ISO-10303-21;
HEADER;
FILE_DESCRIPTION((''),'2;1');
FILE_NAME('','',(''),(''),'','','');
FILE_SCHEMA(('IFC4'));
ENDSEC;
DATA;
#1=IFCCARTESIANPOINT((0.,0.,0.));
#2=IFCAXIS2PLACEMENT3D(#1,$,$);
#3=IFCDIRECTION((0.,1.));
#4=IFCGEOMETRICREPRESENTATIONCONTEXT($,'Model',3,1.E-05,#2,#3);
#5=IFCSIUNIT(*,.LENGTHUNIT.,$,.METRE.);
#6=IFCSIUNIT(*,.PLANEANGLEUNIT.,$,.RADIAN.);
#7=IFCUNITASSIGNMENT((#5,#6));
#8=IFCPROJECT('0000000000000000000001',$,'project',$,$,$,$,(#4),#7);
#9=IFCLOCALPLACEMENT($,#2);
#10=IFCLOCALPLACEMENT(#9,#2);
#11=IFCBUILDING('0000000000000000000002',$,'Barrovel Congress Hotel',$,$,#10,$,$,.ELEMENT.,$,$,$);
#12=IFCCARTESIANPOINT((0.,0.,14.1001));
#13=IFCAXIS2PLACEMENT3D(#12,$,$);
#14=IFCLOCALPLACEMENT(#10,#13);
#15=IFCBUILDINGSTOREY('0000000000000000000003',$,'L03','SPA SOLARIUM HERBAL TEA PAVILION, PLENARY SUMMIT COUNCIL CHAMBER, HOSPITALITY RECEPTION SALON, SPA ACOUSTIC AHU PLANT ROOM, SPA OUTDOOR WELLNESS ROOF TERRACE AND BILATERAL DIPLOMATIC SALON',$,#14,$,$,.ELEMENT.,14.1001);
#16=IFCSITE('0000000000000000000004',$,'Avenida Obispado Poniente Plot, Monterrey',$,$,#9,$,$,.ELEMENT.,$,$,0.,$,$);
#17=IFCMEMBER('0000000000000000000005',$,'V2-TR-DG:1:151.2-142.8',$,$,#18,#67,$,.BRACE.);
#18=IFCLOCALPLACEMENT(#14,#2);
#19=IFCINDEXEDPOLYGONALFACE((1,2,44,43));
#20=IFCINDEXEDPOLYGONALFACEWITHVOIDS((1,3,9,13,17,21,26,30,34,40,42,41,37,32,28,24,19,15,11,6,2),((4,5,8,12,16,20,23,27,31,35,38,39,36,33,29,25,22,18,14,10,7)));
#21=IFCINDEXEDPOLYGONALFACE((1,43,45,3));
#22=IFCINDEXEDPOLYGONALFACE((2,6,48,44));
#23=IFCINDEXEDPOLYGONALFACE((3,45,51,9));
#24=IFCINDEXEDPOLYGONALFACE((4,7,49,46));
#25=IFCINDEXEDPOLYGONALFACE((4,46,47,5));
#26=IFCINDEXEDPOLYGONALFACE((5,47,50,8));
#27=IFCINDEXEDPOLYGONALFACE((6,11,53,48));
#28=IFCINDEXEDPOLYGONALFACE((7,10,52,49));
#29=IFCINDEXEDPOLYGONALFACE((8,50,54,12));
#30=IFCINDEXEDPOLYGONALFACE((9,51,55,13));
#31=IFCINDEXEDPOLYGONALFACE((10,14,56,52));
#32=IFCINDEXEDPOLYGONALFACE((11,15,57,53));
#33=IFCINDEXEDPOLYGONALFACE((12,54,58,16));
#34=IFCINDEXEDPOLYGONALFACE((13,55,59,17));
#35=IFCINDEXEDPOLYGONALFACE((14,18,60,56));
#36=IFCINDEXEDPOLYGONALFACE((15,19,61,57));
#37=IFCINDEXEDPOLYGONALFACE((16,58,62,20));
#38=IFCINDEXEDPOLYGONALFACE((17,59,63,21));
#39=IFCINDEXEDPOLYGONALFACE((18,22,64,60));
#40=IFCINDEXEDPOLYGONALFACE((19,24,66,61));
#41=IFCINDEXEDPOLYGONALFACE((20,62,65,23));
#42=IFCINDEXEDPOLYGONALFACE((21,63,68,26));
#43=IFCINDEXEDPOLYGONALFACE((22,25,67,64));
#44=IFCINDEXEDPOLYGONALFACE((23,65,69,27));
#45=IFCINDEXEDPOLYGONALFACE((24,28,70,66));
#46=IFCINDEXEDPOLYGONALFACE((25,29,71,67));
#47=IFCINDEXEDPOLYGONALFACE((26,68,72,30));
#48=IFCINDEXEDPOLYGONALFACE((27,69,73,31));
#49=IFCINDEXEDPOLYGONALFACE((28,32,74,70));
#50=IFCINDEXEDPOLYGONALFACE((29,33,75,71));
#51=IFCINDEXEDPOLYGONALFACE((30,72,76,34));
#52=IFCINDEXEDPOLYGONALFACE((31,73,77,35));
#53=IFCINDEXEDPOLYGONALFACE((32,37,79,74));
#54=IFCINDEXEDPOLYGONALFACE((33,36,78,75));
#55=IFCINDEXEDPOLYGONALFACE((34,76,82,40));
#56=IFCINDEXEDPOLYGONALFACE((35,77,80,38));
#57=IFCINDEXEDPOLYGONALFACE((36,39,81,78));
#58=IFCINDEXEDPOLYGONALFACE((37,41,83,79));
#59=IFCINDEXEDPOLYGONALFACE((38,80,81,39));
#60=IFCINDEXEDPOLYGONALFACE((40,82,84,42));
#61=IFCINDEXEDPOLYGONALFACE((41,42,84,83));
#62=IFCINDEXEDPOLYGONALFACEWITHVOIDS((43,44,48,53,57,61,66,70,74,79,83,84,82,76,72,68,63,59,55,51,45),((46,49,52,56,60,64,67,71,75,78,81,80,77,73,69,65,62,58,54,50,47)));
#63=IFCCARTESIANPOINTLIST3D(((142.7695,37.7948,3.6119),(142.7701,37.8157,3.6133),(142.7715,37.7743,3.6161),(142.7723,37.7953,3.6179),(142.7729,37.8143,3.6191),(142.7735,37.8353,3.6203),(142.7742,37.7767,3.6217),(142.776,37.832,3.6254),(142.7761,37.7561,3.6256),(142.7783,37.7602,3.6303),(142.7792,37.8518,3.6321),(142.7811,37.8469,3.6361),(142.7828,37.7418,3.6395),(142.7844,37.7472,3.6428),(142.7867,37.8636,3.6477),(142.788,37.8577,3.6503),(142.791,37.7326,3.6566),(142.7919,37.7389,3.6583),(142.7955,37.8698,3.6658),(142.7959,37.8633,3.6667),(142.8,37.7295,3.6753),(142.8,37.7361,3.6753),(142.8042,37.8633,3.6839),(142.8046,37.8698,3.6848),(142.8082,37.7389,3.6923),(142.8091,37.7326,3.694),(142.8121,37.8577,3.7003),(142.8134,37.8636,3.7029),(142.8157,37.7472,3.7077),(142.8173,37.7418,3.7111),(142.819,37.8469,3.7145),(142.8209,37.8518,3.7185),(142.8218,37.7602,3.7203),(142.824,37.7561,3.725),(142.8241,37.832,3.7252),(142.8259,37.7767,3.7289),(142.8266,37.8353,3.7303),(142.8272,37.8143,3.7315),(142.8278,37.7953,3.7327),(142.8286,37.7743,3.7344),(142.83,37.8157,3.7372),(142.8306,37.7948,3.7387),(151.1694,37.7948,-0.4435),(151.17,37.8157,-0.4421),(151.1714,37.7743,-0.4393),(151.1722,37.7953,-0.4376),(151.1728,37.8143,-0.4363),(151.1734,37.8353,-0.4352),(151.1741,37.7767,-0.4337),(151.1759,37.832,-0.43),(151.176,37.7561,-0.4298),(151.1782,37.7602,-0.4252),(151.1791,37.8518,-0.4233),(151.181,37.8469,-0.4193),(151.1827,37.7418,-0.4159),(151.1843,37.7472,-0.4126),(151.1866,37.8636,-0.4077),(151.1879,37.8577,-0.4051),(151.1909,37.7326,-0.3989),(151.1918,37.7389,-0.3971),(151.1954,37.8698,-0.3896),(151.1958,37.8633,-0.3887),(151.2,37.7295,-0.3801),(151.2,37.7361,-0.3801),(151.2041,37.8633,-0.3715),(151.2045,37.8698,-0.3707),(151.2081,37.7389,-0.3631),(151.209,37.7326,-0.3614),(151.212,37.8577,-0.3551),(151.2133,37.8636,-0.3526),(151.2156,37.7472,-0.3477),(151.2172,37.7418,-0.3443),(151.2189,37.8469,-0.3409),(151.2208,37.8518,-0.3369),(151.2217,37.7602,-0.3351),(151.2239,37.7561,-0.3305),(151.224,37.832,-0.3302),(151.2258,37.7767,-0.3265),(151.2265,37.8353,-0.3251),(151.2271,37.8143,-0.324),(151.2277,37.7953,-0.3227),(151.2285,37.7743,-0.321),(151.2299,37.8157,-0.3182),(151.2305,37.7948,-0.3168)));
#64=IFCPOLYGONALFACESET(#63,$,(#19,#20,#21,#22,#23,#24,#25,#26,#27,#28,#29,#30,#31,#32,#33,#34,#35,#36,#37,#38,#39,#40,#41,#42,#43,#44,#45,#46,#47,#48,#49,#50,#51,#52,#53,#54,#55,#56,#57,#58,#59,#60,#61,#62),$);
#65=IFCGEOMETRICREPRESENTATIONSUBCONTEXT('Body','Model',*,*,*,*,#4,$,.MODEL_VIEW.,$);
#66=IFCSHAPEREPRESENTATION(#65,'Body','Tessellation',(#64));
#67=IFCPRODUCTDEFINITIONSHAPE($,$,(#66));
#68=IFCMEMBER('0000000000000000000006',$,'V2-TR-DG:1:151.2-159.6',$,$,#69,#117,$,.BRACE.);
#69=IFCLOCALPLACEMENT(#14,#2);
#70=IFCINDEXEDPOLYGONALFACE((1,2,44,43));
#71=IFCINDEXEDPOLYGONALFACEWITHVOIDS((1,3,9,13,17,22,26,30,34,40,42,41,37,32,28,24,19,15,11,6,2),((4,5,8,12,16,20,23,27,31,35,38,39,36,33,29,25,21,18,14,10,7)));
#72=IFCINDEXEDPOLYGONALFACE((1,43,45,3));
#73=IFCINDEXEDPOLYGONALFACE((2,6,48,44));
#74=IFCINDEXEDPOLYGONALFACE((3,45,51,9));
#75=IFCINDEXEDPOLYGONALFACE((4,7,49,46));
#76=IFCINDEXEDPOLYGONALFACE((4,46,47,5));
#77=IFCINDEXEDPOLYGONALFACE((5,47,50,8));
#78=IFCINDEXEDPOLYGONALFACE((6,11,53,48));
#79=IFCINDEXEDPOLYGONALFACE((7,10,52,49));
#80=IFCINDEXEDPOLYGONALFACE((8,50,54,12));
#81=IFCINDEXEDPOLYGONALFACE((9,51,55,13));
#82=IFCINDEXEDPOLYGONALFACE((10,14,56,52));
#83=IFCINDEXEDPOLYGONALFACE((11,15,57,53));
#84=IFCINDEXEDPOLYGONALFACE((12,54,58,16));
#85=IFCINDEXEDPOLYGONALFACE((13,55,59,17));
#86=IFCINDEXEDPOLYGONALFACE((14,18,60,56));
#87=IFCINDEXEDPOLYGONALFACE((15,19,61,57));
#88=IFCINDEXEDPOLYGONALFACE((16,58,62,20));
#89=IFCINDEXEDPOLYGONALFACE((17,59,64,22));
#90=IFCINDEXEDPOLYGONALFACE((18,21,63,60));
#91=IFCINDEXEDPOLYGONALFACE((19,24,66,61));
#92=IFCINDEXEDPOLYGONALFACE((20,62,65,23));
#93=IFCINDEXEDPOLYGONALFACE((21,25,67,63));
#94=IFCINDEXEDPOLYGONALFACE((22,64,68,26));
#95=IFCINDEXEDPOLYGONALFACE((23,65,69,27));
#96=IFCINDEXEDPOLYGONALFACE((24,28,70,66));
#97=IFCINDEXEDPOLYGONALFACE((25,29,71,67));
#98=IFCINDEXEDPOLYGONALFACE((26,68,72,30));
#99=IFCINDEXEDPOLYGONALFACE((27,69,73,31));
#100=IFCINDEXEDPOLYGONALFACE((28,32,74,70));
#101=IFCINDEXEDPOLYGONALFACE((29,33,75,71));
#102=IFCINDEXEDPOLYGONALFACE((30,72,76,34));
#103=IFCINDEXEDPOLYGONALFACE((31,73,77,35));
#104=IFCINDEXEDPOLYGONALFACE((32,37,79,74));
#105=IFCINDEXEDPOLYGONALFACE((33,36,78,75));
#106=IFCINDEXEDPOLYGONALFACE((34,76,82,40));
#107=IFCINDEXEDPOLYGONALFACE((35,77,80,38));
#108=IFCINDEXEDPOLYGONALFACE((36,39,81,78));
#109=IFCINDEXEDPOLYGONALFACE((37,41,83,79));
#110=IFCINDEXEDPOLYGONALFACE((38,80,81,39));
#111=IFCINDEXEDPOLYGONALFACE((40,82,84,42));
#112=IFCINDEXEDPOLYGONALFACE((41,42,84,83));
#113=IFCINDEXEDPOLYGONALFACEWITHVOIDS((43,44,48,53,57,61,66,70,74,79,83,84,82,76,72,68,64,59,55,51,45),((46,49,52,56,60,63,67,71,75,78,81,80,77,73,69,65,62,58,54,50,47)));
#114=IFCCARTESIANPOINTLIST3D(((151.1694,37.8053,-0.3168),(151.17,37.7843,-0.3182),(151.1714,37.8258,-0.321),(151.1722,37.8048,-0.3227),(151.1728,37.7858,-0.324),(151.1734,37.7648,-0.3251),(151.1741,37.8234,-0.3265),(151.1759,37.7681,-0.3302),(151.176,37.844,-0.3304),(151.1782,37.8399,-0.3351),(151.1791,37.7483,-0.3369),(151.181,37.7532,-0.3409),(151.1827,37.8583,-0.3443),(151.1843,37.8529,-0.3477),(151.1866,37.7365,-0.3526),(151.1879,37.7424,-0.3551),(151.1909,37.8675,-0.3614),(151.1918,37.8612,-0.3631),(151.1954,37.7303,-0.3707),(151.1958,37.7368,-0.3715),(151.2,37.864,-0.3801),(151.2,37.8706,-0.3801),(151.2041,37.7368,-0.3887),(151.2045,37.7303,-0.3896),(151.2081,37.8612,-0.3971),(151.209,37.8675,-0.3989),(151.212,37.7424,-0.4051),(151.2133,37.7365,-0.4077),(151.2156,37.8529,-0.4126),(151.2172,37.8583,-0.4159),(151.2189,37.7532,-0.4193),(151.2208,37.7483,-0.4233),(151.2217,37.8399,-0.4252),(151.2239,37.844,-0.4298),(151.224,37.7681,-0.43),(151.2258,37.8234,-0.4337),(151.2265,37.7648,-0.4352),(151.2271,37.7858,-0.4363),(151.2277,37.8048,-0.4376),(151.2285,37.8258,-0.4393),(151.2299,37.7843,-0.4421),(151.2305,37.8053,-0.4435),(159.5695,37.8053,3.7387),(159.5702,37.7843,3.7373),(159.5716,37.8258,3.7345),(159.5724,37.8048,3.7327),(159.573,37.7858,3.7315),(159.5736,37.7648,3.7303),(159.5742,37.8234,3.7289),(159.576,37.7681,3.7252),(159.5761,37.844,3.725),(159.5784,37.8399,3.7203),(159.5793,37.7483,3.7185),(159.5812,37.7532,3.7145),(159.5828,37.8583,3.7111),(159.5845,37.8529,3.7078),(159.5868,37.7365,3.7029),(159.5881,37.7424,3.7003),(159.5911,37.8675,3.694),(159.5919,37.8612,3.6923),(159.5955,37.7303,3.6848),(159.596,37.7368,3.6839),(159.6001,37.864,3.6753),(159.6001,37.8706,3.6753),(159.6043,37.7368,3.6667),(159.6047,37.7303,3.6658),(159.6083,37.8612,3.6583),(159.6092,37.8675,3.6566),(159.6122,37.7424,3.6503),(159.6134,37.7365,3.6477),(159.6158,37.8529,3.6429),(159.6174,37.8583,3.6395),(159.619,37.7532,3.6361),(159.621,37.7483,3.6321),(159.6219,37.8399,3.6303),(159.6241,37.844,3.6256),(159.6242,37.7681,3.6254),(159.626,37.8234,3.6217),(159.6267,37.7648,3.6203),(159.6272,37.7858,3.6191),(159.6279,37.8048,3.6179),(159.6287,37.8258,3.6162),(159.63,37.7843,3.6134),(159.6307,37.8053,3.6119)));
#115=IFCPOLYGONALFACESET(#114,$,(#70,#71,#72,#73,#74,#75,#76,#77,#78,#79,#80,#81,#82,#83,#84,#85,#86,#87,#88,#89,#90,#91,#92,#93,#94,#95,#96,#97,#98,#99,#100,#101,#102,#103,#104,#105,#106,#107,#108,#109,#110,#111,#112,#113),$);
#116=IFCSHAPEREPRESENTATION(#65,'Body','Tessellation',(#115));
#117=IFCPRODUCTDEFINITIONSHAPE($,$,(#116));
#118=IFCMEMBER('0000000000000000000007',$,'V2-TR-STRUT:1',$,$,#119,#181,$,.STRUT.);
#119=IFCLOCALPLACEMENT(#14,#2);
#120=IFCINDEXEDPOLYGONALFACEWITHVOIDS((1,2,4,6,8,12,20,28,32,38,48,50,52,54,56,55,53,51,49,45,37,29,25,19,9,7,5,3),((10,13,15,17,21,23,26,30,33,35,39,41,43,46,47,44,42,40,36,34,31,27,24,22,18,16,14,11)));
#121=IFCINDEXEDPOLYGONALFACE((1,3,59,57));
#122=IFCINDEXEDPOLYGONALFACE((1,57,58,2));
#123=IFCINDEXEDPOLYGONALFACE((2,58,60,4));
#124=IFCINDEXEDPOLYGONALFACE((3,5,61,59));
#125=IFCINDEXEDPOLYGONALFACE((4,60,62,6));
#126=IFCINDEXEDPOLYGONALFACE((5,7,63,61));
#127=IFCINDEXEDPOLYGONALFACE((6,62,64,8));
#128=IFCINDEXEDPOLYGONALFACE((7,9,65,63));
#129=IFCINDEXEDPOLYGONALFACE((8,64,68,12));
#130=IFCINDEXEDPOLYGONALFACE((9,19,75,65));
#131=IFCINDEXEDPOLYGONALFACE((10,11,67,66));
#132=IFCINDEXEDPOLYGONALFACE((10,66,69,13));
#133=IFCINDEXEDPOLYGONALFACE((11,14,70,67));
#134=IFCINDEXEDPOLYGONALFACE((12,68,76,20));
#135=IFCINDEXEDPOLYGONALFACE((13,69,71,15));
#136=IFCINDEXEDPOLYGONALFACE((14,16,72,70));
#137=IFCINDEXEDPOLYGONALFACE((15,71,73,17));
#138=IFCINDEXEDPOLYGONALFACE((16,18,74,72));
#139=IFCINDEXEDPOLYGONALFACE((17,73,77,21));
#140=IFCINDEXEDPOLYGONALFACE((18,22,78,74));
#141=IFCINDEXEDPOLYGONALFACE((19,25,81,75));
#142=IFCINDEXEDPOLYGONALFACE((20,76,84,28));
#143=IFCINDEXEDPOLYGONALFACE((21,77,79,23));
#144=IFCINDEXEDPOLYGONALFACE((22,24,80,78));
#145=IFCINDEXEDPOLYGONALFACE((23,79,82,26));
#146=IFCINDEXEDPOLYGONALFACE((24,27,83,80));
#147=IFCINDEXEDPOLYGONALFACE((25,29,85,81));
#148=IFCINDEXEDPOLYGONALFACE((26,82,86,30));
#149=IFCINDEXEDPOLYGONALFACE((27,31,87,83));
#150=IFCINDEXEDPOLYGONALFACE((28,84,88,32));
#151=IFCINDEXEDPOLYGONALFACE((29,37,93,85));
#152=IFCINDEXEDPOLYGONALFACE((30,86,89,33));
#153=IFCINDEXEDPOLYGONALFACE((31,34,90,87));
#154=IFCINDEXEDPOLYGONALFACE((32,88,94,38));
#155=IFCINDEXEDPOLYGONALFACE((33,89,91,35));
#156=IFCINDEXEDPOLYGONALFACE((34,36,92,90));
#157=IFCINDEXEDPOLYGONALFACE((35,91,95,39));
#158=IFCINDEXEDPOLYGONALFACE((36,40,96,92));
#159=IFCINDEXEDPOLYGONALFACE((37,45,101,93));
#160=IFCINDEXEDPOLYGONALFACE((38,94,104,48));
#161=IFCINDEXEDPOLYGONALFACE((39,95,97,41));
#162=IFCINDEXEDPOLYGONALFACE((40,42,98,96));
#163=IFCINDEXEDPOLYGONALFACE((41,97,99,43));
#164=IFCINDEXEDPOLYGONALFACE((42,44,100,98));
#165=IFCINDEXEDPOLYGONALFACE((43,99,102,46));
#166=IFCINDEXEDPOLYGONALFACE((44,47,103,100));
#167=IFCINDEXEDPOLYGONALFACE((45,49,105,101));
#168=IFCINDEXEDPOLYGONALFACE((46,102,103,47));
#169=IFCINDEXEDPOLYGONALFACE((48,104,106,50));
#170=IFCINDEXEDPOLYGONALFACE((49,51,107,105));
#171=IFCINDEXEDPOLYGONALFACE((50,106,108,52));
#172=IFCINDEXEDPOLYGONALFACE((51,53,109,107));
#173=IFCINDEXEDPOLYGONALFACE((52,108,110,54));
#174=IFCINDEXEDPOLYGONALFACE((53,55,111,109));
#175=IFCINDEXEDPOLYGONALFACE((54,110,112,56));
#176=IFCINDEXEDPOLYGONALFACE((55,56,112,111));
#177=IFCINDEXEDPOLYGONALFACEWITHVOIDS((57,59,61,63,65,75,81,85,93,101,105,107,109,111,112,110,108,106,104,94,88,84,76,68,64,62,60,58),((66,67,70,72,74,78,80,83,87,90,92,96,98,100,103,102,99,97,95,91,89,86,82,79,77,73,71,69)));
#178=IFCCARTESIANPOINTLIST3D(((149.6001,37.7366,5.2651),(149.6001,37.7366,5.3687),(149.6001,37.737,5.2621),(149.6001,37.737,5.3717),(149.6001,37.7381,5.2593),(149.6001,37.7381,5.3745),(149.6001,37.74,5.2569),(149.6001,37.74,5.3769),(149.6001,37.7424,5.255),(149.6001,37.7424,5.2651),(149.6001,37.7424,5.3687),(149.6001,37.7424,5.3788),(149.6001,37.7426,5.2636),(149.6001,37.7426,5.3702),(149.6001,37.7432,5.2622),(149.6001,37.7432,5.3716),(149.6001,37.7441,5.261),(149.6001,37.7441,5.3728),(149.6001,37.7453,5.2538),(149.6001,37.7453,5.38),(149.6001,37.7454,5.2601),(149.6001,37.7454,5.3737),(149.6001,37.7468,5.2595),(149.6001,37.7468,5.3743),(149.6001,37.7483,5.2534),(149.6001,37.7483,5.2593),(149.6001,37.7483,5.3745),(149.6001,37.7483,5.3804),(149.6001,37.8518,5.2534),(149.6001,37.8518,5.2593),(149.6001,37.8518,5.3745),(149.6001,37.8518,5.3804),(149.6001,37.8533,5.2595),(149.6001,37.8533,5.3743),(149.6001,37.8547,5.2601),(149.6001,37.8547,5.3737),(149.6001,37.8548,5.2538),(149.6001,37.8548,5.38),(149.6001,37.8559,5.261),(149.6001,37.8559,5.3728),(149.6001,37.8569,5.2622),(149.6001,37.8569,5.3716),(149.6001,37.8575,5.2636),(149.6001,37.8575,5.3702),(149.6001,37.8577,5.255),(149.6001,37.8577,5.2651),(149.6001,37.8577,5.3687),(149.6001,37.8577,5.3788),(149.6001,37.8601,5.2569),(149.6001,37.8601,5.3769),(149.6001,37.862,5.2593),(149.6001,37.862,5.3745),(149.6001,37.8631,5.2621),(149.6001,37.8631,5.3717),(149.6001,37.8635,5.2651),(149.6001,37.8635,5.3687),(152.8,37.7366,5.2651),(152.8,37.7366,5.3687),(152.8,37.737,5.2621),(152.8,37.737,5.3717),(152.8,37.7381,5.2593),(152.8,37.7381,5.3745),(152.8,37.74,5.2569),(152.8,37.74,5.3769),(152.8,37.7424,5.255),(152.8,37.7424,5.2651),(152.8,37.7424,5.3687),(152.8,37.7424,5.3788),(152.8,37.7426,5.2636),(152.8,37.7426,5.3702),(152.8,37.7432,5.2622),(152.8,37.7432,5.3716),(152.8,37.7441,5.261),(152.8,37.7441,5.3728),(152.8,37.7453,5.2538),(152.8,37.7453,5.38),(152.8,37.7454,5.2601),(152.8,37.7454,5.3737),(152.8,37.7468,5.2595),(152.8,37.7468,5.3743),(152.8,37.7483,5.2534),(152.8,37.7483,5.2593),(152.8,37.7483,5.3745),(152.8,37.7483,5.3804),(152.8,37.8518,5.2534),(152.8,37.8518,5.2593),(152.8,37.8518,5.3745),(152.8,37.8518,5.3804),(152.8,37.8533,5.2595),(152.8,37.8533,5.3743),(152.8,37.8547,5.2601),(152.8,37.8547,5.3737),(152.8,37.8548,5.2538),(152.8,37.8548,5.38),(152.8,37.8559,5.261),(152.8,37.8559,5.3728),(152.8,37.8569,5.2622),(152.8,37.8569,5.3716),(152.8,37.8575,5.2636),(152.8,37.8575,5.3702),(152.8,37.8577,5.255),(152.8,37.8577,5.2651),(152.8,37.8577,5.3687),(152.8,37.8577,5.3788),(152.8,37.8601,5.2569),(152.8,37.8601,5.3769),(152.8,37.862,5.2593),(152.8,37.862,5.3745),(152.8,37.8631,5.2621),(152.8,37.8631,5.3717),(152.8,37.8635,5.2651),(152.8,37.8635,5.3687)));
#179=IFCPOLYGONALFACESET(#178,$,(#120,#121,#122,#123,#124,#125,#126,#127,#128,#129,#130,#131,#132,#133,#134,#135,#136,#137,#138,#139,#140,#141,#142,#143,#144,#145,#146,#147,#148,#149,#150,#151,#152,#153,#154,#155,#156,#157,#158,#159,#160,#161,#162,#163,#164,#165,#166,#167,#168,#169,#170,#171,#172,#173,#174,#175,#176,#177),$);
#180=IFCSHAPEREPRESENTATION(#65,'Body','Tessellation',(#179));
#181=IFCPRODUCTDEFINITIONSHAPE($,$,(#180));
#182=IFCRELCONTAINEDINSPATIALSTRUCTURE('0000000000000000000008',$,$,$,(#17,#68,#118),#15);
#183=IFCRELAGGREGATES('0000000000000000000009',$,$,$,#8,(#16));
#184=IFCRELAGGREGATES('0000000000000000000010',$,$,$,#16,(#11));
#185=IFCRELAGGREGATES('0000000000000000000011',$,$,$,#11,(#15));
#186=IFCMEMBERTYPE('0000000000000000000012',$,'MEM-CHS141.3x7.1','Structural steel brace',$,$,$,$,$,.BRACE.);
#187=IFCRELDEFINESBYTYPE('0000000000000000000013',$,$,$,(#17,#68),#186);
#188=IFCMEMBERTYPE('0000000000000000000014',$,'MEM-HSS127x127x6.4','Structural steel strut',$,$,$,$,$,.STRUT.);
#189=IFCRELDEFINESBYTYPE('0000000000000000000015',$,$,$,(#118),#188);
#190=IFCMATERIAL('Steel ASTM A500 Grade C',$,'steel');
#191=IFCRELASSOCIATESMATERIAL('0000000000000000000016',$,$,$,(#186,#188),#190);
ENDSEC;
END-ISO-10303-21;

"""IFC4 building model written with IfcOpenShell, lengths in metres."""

from ifc_helpers import new_model, si_unit, direction, frame, origin, origin_2d, place, context, subcontext, project, spatial, hollow_rectangle, hollow_circle, extrude, material, material_profile, profile_set, type_object, element, save


model = new_model("IFC4")

# Units and contexts
model_context = context("Model", 3, precision=1e-05, world=origin(), true_north=direction((0.0, 1.0)))
body_context = subcontext(model_context, "Body", "Model", "MODEL_VIEW")
ifc_project = project(units=[si_unit("LENGTHUNIT", "METRE"), si_unit("PLANEANGLEUNIT", "RADIAN")], contexts=[model_context])

# Site, building, storey
site_placement = place(None, origin())
site = spatial("IfcSite", under=ifc_project, at=site_placement, Name="Avenida Obispado Poniente Plot, Monterrey", CompositionType="ELEMENT", RefElevation=0.0)
building_placement = place(site_placement, origin())
building = spatial("IfcBuilding", under=site, at=building_placement, Name="Barrovel Congress Hotel", CompositionType="ELEMENT")
storey_placement = place(building_placement, frame((0.0, 0.0, 14.1001)))
storey = spatial("IfcBuildingStorey", under=building, at=storey_placement, Name="L03", Description="SPA SOLARIUM HERBAL TEA PAVILION, PLENARY SUMMIT COUNCIL CHAMBER, HOSPITALITY RECEPTION SALON, SPA ACOUSTIC AHU PLANT ROOM, SPA OUTDOOR WELLNESS ROOF TERRACE AND BILATERAL DIPLOMATIC SALON", CompositionType="ELEMENT", Elevation=14.1001)

# Members
ifc_material_1 = material(Name="Steel ASTM A500 Grade C", Category="steel")
ifc_material_profile_1 = material_profile(ifc_material_1, hollow_circle(Radius=0.0706, WallThickness=0.0066, at=origin_2d()), Name="CHS141.3x7.1")
ifc_profile_set_1 = profile_set([ifc_material_profile_1], Name="Steel ASTM A500 Grade C")
member_type_1 = type_object("IfcMemberType", Name="MEM-CHS141.3x7.1", Description="Structural steel brace", PredefinedType="BRACE", material=ifc_profile_set_1)
member_1_placement = place(storey_placement, frame((151.2, 37.8, -0.3801), z_axis=(-0.900539, 0.0, 0.434775), x_axis=(0.0, -1.0, 0.0)))
element("IfcMember", 1, at=member_1_placement, inside=storey, type_object=member_type_1, Name="V2-TR-DG:1:151.2-142.8", PredefinedType="BRACE", context=body_context, shape_type="SweptSolid", body=[
    extrude(hollow_circle(Radius=0.0706, WallThickness=0.0066, at=origin_2d()), origin(), (0.0, 0.0, 1.0), 9.3276),
])
member_2_placement = place(storey_placement, frame((151.2, 37.8, -0.3801), z_axis=(0.900544, 0.0, 0.434764), x_axis=(0.0, 1.0, 0.0)))
element("IfcMember", 2, at=member_2_placement, inside=storey, type_object=member_type_1, Name="V2-TR-DG:1:151.2-159.6", PredefinedType="BRACE", context=body_context, shape_type="SweptSolid", body=[
    extrude(hollow_circle(Radius=0.0706, WallThickness=0.0066, at=origin_2d()), origin(), (0.0, 0.0, 1.0), 9.3279),
])
ifc_material_profile_2 = material_profile(ifc_material_1, hollow_rectangle(XDim=0.127, YDim=0.127, WallThickness=0.0059, InnerFilletRadius=0.0059, OuterFilletRadius=0.0117, at=origin_2d()), Name="HSS127x127x6.4")
ifc_profile_set_2 = profile_set([ifc_material_profile_2], Name="Steel ASTM A500 Grade C")
member_type_2 = type_object("IfcMemberType", Name="MEM-HSS127x127x6.4", Description="Structural steel strut", PredefinedType="STRUT", material=ifc_profile_set_2)
member_3_placement = place(storey_placement, frame((149.6001, 37.8, 5.3169), z_axis=(1.0, 0.0, 0.0), x_axis=(0.0, 1.0, 0.0)))
element("IfcMember", 3, at=member_3_placement, inside=storey, type_object=member_type_2, Name="V2-TR-STRUT:1", PredefinedType="STRUT", context=body_context, shape_type="SweptSolid", body=[
    extrude(hollow_rectangle(XDim=0.127, YDim=0.127, WallThickness=0.0059, InnerFilletRadius=0.0059, OuterFilletRadius=0.0117, at=origin_2d()), origin(), (0.0, 0.0, 1.0), 3.2),
])

save(model, "model.ifc")
